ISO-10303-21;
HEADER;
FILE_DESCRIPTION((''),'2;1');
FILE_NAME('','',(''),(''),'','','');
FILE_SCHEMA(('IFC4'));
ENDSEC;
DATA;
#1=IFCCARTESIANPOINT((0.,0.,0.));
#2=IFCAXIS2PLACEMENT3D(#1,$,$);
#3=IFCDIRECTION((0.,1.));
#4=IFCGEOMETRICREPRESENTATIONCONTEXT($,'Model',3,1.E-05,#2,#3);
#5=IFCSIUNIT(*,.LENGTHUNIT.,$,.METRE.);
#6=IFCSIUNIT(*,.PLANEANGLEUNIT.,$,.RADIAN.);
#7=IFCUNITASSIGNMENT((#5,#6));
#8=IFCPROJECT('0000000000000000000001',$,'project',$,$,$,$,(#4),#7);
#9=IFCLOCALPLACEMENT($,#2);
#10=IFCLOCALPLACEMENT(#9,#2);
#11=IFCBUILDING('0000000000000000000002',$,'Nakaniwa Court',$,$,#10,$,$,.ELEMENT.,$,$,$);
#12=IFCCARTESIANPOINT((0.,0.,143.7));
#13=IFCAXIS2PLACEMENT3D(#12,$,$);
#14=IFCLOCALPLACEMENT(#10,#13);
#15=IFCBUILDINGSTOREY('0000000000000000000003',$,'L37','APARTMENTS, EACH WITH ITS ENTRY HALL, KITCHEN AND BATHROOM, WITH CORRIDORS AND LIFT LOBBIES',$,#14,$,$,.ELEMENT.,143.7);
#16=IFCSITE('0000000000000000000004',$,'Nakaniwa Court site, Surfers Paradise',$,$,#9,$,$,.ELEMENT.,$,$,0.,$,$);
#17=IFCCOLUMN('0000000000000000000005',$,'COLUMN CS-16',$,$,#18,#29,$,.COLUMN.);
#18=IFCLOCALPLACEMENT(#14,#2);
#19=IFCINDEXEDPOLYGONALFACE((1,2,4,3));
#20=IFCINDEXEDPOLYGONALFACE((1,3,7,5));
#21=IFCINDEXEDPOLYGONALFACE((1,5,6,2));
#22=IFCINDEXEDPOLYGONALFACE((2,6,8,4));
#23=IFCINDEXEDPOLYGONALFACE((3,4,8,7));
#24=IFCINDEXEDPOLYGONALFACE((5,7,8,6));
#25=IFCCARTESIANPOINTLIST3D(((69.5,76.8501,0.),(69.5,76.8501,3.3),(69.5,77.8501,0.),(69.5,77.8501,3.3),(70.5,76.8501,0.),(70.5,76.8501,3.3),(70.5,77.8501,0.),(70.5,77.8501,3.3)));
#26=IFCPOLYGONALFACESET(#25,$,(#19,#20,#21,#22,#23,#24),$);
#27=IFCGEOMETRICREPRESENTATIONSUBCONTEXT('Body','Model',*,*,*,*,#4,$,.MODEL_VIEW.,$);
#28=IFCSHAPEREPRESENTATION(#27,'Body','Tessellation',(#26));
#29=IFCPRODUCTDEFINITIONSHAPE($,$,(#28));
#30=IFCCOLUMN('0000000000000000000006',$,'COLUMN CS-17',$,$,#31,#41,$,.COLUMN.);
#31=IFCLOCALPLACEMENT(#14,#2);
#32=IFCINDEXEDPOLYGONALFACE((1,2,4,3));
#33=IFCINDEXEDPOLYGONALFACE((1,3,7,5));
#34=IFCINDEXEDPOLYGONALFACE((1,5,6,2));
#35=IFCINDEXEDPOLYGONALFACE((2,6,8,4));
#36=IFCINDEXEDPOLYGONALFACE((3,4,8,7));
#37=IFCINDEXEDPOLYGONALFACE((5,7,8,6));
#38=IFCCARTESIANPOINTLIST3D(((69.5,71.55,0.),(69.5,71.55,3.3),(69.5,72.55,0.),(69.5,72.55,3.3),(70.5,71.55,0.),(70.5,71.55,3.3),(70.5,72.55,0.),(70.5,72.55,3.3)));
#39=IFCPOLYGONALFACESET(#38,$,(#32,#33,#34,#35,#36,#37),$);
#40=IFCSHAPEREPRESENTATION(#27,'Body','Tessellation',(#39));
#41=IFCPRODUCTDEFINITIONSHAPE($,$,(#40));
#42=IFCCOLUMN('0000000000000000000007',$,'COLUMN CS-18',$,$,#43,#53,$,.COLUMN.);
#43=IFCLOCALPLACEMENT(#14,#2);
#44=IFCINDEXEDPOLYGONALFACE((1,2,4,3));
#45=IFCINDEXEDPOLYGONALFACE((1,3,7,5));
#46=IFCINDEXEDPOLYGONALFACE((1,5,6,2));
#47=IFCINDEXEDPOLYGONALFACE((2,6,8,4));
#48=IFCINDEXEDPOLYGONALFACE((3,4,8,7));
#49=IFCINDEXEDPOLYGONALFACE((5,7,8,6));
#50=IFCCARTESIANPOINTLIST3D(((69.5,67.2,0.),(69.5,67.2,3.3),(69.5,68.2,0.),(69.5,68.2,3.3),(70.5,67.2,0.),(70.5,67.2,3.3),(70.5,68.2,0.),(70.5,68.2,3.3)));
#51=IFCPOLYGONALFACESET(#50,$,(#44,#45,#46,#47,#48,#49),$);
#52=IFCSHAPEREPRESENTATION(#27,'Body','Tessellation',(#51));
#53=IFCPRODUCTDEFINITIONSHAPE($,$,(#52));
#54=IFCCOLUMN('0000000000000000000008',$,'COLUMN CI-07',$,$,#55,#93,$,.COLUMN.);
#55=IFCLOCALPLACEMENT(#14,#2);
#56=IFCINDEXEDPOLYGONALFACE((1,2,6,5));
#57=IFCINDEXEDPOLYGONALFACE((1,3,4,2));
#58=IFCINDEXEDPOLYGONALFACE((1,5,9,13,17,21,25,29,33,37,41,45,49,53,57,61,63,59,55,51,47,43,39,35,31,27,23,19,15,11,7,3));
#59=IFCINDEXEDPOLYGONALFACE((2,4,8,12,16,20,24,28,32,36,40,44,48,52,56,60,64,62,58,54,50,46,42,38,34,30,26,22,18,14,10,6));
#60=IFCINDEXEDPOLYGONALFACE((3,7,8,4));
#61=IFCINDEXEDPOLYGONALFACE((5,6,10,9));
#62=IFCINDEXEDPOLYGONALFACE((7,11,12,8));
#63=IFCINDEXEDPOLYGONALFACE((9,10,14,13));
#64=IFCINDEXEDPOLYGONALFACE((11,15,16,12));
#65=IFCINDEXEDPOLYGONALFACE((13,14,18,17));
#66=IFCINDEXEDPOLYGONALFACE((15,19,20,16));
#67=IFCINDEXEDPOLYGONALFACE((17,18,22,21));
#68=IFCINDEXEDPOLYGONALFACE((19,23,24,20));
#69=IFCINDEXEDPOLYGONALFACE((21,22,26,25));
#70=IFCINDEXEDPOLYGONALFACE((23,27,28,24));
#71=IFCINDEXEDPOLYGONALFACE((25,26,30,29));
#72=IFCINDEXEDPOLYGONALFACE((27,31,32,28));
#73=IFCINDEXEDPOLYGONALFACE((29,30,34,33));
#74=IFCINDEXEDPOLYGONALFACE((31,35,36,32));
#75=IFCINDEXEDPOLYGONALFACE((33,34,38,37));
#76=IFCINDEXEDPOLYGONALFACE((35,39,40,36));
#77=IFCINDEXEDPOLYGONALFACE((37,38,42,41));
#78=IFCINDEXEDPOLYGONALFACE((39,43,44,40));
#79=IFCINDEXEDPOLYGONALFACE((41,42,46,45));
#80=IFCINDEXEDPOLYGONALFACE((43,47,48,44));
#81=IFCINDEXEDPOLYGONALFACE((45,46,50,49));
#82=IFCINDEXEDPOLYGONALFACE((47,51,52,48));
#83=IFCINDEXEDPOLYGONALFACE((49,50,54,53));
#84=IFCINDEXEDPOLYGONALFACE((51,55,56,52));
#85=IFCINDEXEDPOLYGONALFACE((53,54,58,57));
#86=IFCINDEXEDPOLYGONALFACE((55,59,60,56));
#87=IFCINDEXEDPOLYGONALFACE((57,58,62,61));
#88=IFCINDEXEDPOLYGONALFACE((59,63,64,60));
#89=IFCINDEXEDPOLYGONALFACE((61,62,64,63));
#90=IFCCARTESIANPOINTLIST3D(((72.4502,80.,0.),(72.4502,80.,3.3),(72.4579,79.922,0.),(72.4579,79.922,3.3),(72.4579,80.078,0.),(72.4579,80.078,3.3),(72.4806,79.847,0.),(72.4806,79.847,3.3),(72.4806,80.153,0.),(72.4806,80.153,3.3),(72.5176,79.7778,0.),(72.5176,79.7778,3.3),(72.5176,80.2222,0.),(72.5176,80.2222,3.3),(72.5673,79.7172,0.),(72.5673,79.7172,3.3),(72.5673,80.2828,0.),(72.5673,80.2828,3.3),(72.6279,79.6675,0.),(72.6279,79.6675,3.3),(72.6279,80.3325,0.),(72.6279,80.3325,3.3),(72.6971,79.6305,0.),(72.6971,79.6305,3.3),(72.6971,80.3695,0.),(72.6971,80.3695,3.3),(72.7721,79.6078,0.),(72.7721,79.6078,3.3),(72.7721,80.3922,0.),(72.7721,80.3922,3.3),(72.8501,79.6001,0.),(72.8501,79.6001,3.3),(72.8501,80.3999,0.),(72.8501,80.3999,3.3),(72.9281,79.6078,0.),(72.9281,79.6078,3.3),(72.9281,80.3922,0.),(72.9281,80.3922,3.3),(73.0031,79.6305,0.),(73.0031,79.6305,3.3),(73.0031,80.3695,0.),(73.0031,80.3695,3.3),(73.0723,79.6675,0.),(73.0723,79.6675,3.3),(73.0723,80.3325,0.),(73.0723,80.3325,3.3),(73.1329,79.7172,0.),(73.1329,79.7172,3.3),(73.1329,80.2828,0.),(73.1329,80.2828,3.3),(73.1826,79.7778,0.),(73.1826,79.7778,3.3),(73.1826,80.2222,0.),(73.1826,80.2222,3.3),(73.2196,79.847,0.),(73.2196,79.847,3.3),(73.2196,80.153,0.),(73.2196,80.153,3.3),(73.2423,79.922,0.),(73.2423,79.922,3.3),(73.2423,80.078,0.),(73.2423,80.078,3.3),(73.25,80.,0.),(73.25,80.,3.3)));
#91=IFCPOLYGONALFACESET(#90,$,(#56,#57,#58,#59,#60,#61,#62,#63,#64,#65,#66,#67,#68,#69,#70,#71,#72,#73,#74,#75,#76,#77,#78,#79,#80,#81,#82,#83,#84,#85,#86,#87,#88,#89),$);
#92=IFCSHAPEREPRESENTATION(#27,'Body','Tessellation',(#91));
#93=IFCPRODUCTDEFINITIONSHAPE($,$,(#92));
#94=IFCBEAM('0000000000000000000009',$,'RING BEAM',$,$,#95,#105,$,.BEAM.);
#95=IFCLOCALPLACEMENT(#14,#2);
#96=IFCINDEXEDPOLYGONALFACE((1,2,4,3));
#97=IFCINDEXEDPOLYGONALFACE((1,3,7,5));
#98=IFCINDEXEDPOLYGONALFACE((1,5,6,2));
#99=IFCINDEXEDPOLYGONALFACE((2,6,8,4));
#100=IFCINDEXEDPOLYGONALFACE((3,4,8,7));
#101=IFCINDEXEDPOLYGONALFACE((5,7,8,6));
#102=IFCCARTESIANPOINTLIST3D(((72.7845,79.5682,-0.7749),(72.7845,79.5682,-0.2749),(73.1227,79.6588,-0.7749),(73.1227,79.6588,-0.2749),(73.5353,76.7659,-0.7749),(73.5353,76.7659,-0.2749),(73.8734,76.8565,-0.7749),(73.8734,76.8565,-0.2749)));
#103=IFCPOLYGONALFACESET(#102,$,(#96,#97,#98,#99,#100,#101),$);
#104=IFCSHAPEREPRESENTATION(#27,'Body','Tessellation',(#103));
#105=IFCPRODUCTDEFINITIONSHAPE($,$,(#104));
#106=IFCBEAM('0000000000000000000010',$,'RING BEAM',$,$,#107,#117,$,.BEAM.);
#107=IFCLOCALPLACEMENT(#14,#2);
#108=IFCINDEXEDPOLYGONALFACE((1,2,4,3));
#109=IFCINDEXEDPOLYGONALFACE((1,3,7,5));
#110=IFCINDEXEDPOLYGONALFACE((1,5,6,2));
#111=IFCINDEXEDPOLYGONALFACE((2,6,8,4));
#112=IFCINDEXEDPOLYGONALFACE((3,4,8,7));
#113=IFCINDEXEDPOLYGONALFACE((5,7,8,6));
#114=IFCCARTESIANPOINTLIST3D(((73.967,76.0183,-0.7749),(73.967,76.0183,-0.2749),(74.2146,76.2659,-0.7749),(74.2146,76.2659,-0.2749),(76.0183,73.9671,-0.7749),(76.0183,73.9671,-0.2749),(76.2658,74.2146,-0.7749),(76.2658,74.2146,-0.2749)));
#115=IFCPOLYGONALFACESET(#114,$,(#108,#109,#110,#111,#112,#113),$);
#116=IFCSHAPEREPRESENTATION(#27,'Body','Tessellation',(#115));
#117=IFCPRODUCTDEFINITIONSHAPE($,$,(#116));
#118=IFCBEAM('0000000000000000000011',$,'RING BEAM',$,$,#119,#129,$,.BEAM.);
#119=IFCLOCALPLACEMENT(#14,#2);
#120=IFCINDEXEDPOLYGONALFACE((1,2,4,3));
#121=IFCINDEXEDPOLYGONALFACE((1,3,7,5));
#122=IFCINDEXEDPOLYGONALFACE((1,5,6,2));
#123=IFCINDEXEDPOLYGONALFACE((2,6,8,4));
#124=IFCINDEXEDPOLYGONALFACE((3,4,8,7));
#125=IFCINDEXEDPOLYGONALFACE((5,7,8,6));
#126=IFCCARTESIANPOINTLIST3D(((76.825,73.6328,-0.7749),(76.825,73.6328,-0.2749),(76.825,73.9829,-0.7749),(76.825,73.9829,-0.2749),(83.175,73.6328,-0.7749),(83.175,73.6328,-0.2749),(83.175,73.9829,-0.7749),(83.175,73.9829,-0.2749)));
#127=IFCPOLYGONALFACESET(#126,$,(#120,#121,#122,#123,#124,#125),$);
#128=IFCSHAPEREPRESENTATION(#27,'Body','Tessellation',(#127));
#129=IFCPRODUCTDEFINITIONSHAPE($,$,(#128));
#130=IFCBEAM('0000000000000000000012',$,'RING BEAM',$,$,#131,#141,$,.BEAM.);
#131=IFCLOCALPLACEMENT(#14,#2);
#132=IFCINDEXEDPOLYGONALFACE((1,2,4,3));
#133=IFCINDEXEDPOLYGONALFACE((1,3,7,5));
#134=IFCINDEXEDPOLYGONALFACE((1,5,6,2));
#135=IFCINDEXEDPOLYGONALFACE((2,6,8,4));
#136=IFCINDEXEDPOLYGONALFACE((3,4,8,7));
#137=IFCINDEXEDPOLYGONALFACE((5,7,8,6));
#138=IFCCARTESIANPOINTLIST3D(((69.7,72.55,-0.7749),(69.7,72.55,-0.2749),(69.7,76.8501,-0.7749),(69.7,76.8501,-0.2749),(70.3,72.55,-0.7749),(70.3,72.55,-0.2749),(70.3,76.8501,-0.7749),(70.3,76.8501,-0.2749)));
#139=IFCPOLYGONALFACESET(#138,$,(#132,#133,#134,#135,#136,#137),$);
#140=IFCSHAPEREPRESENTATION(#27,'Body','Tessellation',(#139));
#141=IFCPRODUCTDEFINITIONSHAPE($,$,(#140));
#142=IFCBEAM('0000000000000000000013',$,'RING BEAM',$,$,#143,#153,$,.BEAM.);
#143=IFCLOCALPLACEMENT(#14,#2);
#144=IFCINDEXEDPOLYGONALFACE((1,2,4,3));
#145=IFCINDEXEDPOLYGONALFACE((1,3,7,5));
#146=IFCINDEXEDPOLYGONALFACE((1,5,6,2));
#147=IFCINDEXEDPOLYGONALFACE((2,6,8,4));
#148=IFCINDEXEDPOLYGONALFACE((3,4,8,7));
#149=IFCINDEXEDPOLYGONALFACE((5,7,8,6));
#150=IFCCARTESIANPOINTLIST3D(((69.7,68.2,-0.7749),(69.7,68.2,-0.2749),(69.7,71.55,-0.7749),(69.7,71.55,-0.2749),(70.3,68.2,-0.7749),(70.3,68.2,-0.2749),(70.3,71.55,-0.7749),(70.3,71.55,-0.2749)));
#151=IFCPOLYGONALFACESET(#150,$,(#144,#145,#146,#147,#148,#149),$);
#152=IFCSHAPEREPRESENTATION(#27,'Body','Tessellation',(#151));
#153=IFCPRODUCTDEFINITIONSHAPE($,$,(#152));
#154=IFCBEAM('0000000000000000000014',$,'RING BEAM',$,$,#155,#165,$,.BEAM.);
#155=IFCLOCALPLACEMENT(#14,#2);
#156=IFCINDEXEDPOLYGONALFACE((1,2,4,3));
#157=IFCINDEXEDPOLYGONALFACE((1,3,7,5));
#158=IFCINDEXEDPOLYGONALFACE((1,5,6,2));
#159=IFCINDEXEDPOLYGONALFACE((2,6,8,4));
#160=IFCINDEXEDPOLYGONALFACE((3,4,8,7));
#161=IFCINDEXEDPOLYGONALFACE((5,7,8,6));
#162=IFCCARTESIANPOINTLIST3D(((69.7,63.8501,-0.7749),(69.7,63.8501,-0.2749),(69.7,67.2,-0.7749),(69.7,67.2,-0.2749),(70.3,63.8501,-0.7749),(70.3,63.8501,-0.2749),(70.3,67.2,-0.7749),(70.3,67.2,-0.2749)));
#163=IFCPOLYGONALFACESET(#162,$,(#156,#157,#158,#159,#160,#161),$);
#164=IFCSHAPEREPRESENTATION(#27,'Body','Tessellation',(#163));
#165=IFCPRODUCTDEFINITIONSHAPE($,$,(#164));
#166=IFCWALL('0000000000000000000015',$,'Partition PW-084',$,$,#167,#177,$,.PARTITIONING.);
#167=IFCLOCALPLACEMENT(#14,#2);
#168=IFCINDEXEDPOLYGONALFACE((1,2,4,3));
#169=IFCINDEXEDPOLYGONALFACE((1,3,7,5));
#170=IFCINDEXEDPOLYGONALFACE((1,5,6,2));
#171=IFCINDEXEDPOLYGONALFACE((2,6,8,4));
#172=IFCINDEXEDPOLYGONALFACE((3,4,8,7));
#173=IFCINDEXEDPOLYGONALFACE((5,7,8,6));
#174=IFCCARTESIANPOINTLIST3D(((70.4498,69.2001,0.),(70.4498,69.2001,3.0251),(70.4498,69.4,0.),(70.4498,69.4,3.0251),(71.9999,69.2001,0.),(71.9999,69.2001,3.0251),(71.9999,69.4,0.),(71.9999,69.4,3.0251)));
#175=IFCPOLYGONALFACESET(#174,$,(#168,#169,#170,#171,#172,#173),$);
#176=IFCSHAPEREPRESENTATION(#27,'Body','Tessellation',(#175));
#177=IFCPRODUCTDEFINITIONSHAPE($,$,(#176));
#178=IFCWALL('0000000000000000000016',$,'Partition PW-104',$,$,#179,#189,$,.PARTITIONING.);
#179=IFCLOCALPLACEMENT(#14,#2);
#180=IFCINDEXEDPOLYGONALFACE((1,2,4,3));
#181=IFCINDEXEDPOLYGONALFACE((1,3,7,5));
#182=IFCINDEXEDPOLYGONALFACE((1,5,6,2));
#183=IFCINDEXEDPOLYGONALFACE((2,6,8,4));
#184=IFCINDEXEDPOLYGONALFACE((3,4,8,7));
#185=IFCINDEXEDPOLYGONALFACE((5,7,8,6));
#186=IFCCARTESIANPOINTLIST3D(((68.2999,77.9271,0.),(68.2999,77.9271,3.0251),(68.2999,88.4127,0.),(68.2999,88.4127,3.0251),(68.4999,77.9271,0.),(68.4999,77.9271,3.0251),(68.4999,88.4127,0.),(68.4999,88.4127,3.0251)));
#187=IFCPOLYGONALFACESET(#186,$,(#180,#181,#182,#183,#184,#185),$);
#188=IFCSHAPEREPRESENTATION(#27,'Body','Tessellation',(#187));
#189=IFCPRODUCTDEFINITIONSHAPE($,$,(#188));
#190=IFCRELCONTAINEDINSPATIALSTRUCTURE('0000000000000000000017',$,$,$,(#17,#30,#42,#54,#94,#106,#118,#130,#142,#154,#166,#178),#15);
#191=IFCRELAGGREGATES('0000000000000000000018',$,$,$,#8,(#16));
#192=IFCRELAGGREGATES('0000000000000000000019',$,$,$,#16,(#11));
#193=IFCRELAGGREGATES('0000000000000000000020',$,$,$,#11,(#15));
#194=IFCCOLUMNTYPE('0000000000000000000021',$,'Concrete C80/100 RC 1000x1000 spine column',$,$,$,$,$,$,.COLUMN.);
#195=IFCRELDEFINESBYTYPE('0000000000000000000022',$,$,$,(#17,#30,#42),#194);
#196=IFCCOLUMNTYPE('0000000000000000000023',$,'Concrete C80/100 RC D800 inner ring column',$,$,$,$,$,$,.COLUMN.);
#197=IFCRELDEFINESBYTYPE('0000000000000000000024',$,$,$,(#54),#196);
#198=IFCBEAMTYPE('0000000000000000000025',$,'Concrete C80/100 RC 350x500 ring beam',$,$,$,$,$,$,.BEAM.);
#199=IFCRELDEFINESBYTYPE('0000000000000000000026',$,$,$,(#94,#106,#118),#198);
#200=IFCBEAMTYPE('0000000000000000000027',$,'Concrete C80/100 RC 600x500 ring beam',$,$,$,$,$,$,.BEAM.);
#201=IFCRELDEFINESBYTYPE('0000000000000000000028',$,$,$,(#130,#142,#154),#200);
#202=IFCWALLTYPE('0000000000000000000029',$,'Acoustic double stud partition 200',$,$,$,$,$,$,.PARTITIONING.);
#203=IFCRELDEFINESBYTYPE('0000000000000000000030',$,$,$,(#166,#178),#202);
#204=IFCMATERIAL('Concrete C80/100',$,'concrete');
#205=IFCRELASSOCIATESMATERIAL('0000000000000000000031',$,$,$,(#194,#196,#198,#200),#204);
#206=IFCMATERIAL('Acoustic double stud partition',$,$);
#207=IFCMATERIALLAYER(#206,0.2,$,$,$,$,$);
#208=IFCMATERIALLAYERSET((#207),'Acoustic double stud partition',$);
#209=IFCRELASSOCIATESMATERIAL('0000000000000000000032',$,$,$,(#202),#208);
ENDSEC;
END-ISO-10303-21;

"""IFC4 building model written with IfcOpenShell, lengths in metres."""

from ifc_helpers import new_model, si_unit, direction, frame, frame_2d, origin, origin_2d, place, context, subcontext, project, spatial, rectangle, circle, extrude, material, layer, layer_set, material_profile, profile_set, type_object, element, save


model = new_model("IFC4")

# Units and contexts
model_context = context("Model", 3, precision=1e-05, world=origin(), true_north=direction((0.0, 1.0)))
body_context = subcontext(model_context, "Body", "Model", "MODEL_VIEW")
ifc_project = project(units=[si_unit("LENGTHUNIT", "METRE"), si_unit("PLANEANGLEUNIT", "RADIAN")], contexts=[model_context])

# Site, building, storey
site_placement = place(None, origin())
site = spatial("IfcSite", under=ifc_project, at=site_placement, Name="Nakaniwa Court site, Surfers Paradise", CompositionType="ELEMENT", RefElevation=0.0)
building_placement = place(site_placement, origin())
building = spatial("IfcBuilding", under=site, at=building_placement, Name="Nakaniwa Court", CompositionType="ELEMENT")
storey_placement = place(building_placement, frame((0.0, 0.0, 143.7)))
storey = spatial("IfcBuildingStorey", under=building, at=storey_placement, Name="L37", Description="APARTMENTS, EACH WITH ITS ENTRY HALL, KITCHEN AND BATHROOM, WITH CORRIDORS AND LIFT LOBBIES", CompositionType="ELEMENT", Elevation=143.7)

# Columns
ifc_material_1 = material(Name="Concrete C80/100", Category="concrete")
ifc_material_profile_1 = material_profile(ifc_material_1, rectangle(XDim=1.0, YDim=1.0, at=origin_2d()), Name="Concrete C80/100 RC 1000x1000 spine column")
ifc_profile_set_1 = profile_set([ifc_material_profile_1], Name="Concrete C80/100")
column_type_1 = type_object("IfcColumnType", Name="Concrete C80/100 RC 1000x1000 spine column", PredefinedType="COLUMN", material=ifc_profile_set_1)
for number, where, z_axis, x_axis, name in (
    (1, (70.0, 77.3501, 0.0), (0.0, 0.0, 1.0), (0.0, -1.0, 0.0), "COLUMN CS-16"),
    (2, (70.0, 72.05, 0.0), (0.0, 0.0, 1.0), (0.0, -1.0, 0.0), "COLUMN CS-17"),
    (3, (70.0, 67.7, 0.0), (0.0, 0.0, 1.0), (0.0, -1.0, 0.0), "COLUMN CS-18"),
):
    element("IfcColumn", number, at=place(storey_placement, frame(where, z_axis=z_axis, x_axis=x_axis)), inside=storey, type_object=column_type_1, Name=name, PredefinedType="COLUMN", context=body_context, shape_type="SweptSolid", body=[
        extrude(rectangle(XDim=1.0, YDim=1.0, at=origin_2d()), origin(), (0.0, 0.0, 1.0), 3.3),
    ])
ifc_material_profile_2 = material_profile(ifc_material_1, circle(Radius=0.3999, at=origin_2d()), Name="Concrete C80/100 RC D800 inner ring column")
ifc_profile_set_2 = profile_set([ifc_material_profile_2], Name="Concrete C80/100")
column_type_2 = type_object("IfcColumnType", Name="Concrete C80/100 RC D800 inner ring column", PredefinedType="COLUMN", material=ifc_profile_set_2)
for number, where, z_axis, x_axis, name in (
    (4, (72.8501, 80.0, 0.0), (0.0, 0.0, 1.0), (0.0, -1.0, 0.0), "COLUMN CI-07"),
):
    element("IfcColumn", number, at=place(storey_placement, frame(where, z_axis=z_axis, x_axis=x_axis)), inside=storey, type_object=column_type_2, Name=name, PredefinedType="COLUMN", context=body_context, shape_type="SweptSolid", body=[
        extrude(circle(Radius=0.3999, at=origin_2d()), origin(), (0.0, 0.0, 1.0), 3.3),
    ])

# Beams
ifc_material_profile_3 = material_profile(ifc_material_1, rectangle(XDim=0.3501, YDim=0.5, at=origin_2d()), Name="Concrete C80/100 RC 350x500 ring beam")
ifc_profile_set_3 = profile_set([ifc_material_profile_3], Name="Concrete C80/100")
beam_type_1 = type_object("IfcBeamType", Name="Concrete C80/100 RC 350x500 ring beam", PredefinedType="BEAM", material=ifc_profile_set_3)
beam_1_placement = place(storey_placement, frame((72.9536, 79.6135, -0.5249), z_axis=(0.258778, -0.965937, 0.0), x_axis=(0.965937, 0.258778, 0.0)))
element("IfcBeam", 5, at=beam_1_placement, inside=storey, type_object=beam_type_1, Name="RING BEAM", PredefinedType="BEAM", context=body_context, shape_type="SweptSolid", body=[
    extrude(rectangle(XDim=0.3501, YDim=0.5, at=origin_2d()), origin(), (0.0, 0.0, 1.0), 2.9011),
])
beam_2_placement = place(storey_placement, frame((74.0908, 76.1421, -0.5249), z_axis=(0.707107, -0.707107, 0.0), x_axis=(0.707107, 0.707107, 0.0)))
element("IfcBeam", 6, at=beam_2_placement, inside=storey, type_object=beam_type_1, Name="RING BEAM", PredefinedType="BEAM", context=body_context, shape_type="SweptSolid", body=[
    extrude(rectangle(XDim=0.3501, YDim=0.5, at=origin_2d()), origin(), (0.0, 0.0, 1.0), 2.9009),
])
beam_3_placement = place(storey_placement, frame((76.825, 73.8079, -0.5249), z_axis=(1.0, 0.0, 0.0), x_axis=(0.0, 1.0, 0.0)))
element("IfcBeam", 7, at=beam_3_placement, inside=storey, type_object=beam_type_1, Name="RING BEAM", PredefinedType="BEAM", context=body_context, shape_type="SweptSolid", body=[
    extrude(rectangle(XDim=0.3501, YDim=0.5, at=origin_2d()), origin(), (0.0, 0.0, 1.0), 6.3501),
])
ifc_material_profile_4 = material_profile(ifc_material_1, rectangle(XDim=0.6001, YDim=0.5, at=origin_2d()), Name="Concrete C80/100 RC 600x500 ring beam")
ifc_profile_set_4 = profile_set([ifc_material_profile_4], Name="Concrete C80/100")
beam_type_2 = type_object("IfcBeamType", Name="Concrete C80/100 RC 600x500 ring beam", PredefinedType="BEAM", material=ifc_profile_set_4)
beam_4_placement = place(storey_placement, frame((70.0, 76.8501, -0.5249), z_axis=(0.0, -1.0, 0.0), x_axis=(1.0, 0.0, 0.0)))
element("IfcBeam", 8, at=beam_4_placement, inside=storey, type_object=beam_type_2, Name="RING BEAM", PredefinedType="BEAM", context=body_context, shape_type="SweptSolid", body=[
    extrude(rectangle(XDim=0.6001, YDim=0.5, at=origin_2d()), origin(), (0.0, 0.0, 1.0), 4.3),
])
beam_5_placement = place(storey_placement, frame((70.0, 71.55, -0.5249), z_axis=(0.0, -1.0, 0.0), x_axis=(1.0, 0.0, 0.0)))
element("IfcBeam", 9, at=beam_5_placement, inside=storey, type_object=beam_type_2, Name="RING BEAM", PredefinedType="BEAM", context=body_context, shape_type="SweptSolid", body=[
    extrude(rectangle(XDim=0.6001, YDim=0.5, at=origin_2d()), origin(), (0.0, 0.0, 1.0), 3.3501),
])
beam_6_placement = place(storey_placement, frame((70.0, 67.2, -0.5249), z_axis=(0.0, -1.0, 0.0), x_axis=(1.0, 0.0, 0.0)))
element("IfcBeam", 10, at=beam_6_placement, inside=storey, type_object=beam_type_2, Name="RING BEAM", PredefinedType="BEAM", context=body_context, shape_type="SweptSolid", body=[
    extrude(rectangle(XDim=0.6001, YDim=0.5, at=origin_2d()), origin(), (0.0, 0.0, 1.0), 3.3499),
])

# Walls
ifc_material_2 = material(Name="Acoustic double stud partition")
ifc_layer_1 = layer(ifc_material_2, 0.2)
ifc_layer_set_1 = layer_set([ifc_layer_1], Name="Acoustic double stud partition")
wall_type_1 = type_object("IfcWallType", Name="Acoustic double stud partition 200", PredefinedType="PARTITIONING", material=ifc_layer_set_1)
wall_1_placement = place(storey_placement, frame((70.45, 69.3, 0.0), z_axis=(0.0, 0.0, 1.0), x_axis=(1.0, 0.0, 0.0)))
element("IfcWall", 11, at=wall_1_placement, inside=storey, type_object=wall_type_1, Name="Partition PW-084", PredefinedType="PARTITIONING", context=body_context, shape_type="SweptSolid", body=[
    extrude(rectangle(XDim=1.55, YDim=0.2, at=frame_2d((0.7749, 0.0))), origin(), (0.0, 0.0, 1.0), 3.0251),
])
wall_2_placement = place(storey_placement, frame((68.3999, 77.9272, 0.0), z_axis=(0.0, 0.0, 1.0), x_axis=(0.0, 1.0, 0.0)))
element("IfcWall", 12, at=wall_2_placement, inside=storey, type_object=wall_type_1, Name="Partition PW-104", PredefinedType="PARTITIONING", context=body_context, shape_type="SweptSolid", body=[
    extrude(rectangle(XDim=10.4856, YDim=0.2, at=frame_2d((5.2427, 0.0))), origin(), (0.0, 0.0, 1.0), 3.0251),
])

save(model, "model.ifc")
